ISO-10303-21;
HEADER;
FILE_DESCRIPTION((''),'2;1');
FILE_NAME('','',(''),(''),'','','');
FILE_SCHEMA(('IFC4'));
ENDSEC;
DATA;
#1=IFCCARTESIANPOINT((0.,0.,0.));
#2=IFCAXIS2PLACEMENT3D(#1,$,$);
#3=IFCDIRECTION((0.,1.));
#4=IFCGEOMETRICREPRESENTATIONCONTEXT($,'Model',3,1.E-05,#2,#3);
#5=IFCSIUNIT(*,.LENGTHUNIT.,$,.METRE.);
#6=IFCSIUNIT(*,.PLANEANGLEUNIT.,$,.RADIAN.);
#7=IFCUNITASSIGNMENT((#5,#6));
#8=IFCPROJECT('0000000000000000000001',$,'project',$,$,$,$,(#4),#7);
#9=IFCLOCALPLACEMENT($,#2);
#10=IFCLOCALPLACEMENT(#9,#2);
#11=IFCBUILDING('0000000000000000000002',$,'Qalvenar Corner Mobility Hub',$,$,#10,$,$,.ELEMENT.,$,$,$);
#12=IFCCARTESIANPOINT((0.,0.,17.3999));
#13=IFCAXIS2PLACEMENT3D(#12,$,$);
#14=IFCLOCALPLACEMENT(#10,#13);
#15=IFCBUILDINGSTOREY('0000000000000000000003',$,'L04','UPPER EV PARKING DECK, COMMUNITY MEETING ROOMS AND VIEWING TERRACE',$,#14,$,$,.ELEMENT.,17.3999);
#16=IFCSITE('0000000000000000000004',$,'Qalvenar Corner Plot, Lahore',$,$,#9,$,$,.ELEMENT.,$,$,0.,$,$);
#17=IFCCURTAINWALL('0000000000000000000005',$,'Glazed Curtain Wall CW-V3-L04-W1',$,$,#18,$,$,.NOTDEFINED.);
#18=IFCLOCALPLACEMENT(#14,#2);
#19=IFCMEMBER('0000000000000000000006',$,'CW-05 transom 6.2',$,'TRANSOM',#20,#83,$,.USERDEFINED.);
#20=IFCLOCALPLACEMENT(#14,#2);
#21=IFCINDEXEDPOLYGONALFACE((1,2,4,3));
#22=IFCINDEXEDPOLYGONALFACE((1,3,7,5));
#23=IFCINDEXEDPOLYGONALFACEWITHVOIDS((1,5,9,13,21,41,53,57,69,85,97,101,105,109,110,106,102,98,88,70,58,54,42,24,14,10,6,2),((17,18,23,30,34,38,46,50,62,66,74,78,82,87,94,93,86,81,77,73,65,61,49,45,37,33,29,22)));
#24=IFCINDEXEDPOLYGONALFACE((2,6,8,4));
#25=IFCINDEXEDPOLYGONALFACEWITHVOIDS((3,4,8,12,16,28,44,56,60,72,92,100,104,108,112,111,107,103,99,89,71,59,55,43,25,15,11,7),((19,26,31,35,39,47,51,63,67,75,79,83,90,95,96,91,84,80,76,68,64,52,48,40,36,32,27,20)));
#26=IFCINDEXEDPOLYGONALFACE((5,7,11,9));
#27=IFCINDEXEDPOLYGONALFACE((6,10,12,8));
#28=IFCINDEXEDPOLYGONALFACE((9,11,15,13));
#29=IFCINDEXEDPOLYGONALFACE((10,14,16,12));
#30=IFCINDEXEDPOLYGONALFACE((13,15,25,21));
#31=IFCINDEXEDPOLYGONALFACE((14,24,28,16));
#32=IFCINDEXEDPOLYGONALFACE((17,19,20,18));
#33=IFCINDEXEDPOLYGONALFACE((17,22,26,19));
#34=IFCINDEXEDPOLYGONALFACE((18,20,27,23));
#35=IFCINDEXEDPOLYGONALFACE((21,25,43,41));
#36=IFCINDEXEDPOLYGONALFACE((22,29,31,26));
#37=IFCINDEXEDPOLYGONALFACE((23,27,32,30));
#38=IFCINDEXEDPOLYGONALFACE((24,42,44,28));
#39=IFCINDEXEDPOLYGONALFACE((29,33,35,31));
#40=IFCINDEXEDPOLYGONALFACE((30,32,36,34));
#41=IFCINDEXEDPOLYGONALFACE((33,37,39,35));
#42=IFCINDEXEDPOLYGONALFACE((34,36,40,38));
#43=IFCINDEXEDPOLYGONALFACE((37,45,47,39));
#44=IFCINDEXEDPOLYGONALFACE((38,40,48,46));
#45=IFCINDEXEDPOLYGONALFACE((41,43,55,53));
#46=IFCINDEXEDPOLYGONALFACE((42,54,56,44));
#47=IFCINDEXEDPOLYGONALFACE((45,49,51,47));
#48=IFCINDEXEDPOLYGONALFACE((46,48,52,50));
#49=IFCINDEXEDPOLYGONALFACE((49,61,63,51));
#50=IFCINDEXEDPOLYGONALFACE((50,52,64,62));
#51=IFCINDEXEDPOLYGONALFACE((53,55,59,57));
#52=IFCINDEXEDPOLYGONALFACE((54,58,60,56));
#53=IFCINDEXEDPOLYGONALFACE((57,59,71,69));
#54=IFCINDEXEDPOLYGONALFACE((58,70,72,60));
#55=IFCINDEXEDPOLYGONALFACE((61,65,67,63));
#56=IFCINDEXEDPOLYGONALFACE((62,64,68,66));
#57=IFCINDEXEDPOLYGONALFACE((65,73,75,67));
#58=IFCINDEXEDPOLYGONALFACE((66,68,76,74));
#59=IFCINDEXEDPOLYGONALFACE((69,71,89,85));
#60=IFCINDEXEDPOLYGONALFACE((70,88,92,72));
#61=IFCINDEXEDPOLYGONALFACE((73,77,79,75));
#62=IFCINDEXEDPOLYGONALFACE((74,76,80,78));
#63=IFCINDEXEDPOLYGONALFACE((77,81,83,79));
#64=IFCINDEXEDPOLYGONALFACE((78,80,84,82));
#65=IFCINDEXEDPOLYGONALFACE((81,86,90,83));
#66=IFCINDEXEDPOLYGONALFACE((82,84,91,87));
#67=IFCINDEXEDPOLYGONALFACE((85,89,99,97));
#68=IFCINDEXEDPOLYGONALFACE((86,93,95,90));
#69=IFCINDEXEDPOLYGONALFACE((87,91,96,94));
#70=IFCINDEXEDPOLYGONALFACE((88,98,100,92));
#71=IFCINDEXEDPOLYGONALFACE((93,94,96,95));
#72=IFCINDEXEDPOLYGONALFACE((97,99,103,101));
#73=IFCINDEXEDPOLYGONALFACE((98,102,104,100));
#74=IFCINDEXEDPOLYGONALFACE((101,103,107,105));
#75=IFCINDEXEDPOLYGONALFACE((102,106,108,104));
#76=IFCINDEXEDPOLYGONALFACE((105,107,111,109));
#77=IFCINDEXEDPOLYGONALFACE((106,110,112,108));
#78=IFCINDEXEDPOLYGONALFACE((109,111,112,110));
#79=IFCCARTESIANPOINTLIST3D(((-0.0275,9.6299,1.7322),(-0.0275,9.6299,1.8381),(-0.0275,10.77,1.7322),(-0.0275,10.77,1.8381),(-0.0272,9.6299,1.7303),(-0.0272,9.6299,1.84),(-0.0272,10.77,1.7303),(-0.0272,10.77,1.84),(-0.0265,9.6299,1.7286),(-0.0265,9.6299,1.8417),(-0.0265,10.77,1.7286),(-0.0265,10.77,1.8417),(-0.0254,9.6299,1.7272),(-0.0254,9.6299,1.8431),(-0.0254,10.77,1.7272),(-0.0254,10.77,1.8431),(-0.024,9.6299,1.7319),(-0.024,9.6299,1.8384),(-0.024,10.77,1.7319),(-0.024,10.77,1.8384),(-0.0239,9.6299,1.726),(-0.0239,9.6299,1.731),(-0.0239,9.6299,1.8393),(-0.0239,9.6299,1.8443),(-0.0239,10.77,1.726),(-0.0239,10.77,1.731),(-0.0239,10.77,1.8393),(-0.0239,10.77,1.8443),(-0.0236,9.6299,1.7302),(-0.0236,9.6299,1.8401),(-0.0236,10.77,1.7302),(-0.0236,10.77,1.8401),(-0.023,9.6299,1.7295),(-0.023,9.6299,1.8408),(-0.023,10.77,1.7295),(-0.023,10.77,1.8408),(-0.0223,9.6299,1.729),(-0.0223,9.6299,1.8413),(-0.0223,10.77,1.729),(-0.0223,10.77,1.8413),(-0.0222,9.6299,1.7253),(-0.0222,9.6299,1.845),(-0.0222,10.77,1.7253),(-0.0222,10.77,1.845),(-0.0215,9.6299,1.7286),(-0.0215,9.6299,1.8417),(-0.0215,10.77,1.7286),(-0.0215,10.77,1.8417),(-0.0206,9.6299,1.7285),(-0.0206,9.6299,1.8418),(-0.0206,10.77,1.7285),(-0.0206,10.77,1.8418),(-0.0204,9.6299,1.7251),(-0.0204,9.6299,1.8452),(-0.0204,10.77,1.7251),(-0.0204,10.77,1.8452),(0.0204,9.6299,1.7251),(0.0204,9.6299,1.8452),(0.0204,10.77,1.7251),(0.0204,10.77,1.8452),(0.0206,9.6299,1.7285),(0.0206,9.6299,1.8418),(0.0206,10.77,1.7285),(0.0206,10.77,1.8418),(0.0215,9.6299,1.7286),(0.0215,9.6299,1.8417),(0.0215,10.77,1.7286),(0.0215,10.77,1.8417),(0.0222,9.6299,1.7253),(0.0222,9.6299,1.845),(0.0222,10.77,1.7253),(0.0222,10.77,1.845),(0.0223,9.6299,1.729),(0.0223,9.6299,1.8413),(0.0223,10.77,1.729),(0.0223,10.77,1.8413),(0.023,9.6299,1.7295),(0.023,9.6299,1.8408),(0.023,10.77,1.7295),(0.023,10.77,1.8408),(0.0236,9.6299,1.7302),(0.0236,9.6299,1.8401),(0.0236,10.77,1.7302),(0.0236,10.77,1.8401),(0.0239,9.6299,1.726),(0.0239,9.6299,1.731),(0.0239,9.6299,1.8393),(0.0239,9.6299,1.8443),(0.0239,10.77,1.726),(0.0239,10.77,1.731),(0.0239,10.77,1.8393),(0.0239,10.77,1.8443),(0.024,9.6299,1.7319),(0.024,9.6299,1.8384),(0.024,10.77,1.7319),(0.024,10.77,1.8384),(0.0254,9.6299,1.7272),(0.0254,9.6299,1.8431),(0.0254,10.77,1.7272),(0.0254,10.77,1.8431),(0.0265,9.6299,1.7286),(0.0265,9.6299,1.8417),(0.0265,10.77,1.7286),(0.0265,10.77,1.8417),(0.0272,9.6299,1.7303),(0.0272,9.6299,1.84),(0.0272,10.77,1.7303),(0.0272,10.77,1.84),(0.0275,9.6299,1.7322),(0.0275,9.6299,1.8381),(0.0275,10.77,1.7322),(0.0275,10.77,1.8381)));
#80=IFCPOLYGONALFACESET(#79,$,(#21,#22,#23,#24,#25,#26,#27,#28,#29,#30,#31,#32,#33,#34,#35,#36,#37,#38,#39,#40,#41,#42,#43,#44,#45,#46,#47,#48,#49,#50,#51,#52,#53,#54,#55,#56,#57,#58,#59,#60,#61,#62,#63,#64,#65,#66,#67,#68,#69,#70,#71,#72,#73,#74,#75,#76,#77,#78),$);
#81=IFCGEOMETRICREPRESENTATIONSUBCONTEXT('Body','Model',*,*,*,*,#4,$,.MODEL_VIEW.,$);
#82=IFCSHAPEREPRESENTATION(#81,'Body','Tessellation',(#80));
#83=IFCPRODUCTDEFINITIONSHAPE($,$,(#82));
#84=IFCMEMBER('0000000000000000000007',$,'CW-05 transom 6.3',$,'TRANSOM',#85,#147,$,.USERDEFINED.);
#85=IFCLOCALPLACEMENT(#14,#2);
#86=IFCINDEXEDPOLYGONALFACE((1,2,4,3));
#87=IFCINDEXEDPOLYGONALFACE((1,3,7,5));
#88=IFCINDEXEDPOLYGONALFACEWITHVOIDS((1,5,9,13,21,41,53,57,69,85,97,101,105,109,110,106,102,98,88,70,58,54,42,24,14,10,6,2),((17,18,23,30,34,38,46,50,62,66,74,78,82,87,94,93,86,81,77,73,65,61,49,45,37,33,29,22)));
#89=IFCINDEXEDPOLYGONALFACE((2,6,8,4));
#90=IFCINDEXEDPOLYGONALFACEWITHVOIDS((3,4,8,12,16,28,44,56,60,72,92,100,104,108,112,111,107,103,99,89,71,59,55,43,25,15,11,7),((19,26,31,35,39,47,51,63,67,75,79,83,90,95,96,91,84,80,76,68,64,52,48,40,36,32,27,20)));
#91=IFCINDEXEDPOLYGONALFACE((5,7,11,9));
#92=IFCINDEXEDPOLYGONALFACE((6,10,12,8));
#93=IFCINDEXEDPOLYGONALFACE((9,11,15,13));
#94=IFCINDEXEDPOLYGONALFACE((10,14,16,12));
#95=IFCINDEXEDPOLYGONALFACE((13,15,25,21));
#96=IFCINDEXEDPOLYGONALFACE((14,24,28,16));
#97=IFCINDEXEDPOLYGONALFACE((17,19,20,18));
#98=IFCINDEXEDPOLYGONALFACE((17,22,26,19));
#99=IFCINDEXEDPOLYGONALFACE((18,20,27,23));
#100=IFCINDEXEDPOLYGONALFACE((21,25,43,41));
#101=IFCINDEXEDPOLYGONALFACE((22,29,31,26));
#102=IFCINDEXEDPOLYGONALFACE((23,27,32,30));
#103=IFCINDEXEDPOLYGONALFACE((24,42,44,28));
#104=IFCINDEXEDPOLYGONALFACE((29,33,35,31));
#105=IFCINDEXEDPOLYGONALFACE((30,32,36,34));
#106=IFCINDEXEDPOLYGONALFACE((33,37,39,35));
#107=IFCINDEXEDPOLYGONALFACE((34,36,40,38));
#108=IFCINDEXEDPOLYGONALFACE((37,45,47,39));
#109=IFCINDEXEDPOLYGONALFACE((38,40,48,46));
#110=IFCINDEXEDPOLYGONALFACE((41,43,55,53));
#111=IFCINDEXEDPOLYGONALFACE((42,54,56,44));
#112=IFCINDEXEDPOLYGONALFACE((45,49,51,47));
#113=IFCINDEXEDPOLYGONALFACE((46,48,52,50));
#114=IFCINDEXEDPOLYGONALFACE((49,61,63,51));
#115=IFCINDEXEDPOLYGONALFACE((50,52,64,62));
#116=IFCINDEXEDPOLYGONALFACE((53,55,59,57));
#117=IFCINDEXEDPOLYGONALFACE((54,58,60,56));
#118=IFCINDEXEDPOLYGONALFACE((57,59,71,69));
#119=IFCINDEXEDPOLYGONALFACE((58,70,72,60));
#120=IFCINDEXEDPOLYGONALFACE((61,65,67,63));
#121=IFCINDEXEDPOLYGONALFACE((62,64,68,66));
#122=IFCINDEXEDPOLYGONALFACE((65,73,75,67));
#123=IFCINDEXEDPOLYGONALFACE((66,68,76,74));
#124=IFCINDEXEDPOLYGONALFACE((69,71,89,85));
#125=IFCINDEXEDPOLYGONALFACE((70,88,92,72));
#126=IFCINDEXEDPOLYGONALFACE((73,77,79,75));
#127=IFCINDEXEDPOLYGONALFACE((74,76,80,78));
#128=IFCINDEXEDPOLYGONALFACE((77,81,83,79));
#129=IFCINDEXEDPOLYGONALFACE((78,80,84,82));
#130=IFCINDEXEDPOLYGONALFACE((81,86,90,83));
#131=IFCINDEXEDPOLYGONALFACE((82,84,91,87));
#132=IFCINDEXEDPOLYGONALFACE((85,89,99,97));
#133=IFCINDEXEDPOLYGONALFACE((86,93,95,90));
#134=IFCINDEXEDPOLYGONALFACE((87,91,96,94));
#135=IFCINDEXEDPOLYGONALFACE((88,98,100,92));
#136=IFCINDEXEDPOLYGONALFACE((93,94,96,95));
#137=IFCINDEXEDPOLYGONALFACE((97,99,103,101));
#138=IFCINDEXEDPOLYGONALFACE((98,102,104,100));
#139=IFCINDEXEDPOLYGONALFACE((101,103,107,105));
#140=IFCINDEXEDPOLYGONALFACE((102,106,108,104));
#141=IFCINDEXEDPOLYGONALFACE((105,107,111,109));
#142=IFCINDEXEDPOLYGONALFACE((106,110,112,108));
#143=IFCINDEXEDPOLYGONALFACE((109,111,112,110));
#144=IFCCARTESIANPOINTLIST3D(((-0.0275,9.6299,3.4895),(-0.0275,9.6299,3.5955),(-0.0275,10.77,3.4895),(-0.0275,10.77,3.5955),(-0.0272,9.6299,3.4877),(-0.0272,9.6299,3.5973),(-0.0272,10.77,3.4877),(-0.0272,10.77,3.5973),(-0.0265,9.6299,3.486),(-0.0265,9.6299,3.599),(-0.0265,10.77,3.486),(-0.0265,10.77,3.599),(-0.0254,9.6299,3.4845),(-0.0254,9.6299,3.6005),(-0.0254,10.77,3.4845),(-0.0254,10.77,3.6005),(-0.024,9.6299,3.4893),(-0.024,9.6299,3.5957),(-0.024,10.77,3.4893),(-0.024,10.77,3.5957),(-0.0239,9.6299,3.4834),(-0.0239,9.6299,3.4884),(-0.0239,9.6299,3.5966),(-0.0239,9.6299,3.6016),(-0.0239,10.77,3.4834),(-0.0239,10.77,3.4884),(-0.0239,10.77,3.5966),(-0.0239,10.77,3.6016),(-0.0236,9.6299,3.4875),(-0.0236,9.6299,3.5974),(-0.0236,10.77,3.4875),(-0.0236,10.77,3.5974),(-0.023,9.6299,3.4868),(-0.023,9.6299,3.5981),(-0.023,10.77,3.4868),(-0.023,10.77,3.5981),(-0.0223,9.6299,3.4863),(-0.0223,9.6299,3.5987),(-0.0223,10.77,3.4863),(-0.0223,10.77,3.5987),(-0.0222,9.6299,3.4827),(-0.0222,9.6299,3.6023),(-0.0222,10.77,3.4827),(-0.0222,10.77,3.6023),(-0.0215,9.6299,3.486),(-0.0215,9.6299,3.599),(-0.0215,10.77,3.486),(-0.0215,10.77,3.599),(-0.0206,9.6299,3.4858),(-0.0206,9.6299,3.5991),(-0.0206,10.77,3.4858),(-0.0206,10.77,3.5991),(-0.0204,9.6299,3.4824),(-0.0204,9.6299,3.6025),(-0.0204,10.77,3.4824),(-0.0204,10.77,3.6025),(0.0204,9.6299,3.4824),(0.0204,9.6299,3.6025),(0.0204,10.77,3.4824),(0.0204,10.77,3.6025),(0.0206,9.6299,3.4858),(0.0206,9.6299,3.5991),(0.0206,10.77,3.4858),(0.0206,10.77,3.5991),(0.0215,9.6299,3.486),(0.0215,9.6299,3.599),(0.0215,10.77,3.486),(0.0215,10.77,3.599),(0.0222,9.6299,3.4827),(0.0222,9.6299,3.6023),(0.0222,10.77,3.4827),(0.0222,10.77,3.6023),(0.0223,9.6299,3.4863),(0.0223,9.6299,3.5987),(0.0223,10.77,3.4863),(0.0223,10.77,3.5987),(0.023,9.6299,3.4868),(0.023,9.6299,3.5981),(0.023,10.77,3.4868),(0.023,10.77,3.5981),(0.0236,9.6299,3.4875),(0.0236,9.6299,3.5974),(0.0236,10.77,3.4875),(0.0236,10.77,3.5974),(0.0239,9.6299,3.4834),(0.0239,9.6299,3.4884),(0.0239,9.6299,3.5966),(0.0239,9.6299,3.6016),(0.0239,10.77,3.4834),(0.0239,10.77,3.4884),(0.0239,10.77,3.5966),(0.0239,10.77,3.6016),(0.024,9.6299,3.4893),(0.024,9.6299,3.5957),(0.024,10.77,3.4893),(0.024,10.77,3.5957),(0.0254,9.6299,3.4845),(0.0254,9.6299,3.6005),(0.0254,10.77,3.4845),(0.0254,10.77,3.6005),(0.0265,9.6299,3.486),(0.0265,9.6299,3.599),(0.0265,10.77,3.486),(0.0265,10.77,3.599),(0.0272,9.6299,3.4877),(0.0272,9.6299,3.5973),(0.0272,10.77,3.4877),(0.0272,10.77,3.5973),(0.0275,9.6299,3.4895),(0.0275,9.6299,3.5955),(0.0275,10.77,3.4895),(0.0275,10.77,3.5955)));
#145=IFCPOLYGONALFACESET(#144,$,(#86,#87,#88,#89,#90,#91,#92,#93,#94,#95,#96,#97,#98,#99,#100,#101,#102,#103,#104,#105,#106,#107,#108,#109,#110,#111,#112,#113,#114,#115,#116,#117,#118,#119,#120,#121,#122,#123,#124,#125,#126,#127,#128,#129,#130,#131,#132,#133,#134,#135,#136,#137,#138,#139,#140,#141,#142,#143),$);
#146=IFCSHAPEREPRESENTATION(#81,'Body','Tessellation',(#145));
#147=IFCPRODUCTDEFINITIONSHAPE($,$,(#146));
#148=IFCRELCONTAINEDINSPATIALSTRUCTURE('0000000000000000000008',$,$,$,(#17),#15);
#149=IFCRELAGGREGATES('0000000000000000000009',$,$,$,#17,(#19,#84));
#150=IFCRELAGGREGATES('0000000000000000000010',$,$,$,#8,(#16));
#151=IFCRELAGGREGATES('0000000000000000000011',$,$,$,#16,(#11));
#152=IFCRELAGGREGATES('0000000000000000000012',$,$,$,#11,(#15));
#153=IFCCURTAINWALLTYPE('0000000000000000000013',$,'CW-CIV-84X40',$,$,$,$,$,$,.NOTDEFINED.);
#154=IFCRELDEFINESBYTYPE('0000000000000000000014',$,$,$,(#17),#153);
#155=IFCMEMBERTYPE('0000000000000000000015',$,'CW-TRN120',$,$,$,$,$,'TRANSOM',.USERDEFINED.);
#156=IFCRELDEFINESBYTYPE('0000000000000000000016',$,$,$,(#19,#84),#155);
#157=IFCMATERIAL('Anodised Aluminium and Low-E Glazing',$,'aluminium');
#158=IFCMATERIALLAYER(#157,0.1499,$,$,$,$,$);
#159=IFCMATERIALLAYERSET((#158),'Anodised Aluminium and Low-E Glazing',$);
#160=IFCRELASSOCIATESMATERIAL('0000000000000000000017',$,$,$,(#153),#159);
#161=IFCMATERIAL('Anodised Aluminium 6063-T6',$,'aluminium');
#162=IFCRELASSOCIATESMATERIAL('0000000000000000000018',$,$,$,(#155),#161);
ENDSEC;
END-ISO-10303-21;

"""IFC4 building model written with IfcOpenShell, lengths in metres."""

from ifc_helpers import new_model, si_unit, direction, frame, origin, origin_2d, place, context, subcontext, project, spatial, hollow_rectangle, extrude, material, layer, layer_set, material_profile, profile_set, type_object, element, aggregate, save


model = new_model("IFC4")

# Units and contexts
model_context = context("Model", 3, precision=1e-05, world=origin(), true_north=direction((0.0, 1.0)))
body_context = subcontext(model_context, "Body", "Model", "MODEL_VIEW")
ifc_project = project(units=[si_unit("LENGTHUNIT", "METRE"), si_unit("PLANEANGLEUNIT", "RADIAN")], contexts=[model_context])

# Site, building, storey
site_placement = place(None, origin())
site = spatial("IfcSite", under=ifc_project, at=site_placement, Name="Qalvenar Corner Plot, Lahore", CompositionType="ELEMENT", RefElevation=0.0)
building_placement = place(site_placement, origin())
building = spatial("IfcBuilding", under=site, at=building_placement, Name="Qalvenar Corner Mobility Hub", CompositionType="ELEMENT")
storey_placement = place(building_placement, frame((0.0, 0.0, 17.3999)))
storey = spatial("IfcBuildingStorey", under=building, at=storey_placement, Name="L04", Description="UPPER EV PARKING DECK, COMMUNITY MEETING ROOMS AND VIEWING TERRACE", CompositionType="ELEMENT", Elevation=17.3999)

# Curtain wall, members
ifc_material_1 = material(Name="Anodised Aluminium and Low-E Glazing", Category="aluminium")
ifc_layer_1 = layer(ifc_material_1, 0.1499)
ifc_layer_set_1 = layer_set([ifc_layer_1], Name="Anodised Aluminium and Low-E Glazing")
curtain_wall_type = type_object("IfcCurtainWallType", Name="CW-CIV-84X40", PredefinedType="NOTDEFINED", material=ifc_layer_set_1)
curtain_wall_placement = place(storey_placement, origin())
curtain_wall = element("IfcCurtainWall", 1, at=curtain_wall_placement, inside=storey, type_object=curtain_wall_type, Name="Glazed Curtain Wall CW-V3-L04-W1", PredefinedType="NOTDEFINED")
ifc_material_2 = material(Name="Anodised Aluminium 6063-T6", Category="aluminium")
ifc_material_profile_1 = material_profile(ifc_material_2, hollow_rectangle(XDim=0.0549, YDim=0.1201, WallThickness=0.0034, InnerFilletRadius=0.0034, OuterFilletRadius=0.0071, at=origin_2d()), Name="RHS120x55x3.5")
ifc_profile_set_1 = profile_set([ifc_material_profile_1], Name="Anodised Aluminium 6063-T6")
member_type_1 = type_object("IfcMemberType", Name="CW-TRN120", ElementType="TRANSOM", PredefinedType="USERDEFINED", material=ifc_profile_set_1)
member_1_placement = place(storey_placement, frame((0.0, 10.77, 1.7852), z_axis=(0.0, -1.0, 0.0), x_axis=(1.0, 0.0, 0.0)))
member_1 = element("IfcMember", 2, at=member_1_placement, type_object=member_type_1, Name="CW-05 transom 6.2", ObjectType="TRANSOM", PredefinedType="USERDEFINED", context=body_context, shape_type="SweptSolid", body=[
    extrude(hollow_rectangle(XDim=0.0549, YDim=0.1201, WallThickness=0.0034, InnerFilletRadius=0.0034, OuterFilletRadius=0.0071, at=origin_2d()), origin(), (0.0, 0.0, 1.0), 1.1401),
])
member_2_placement = place(storey_placement, frame((0.0, 10.77, 3.5425), z_axis=(0.0, -1.0, 0.0), x_axis=(1.0, 0.0, 0.0)))
member_2 = element("IfcMember", 3, at=member_2_placement, type_object=member_type_1, Name="CW-05 transom 6.3", ObjectType="TRANSOM", PredefinedType="USERDEFINED", context=body_context, shape_type="SweptSolid", body=[
    extrude(hollow_rectangle(XDim=0.0549, YDim=0.1201, WallThickness=0.0034, InnerFilletRadius=0.0034, OuterFilletRadius=0.0071, at=origin_2d()), origin(), (0.0, 0.0, 1.0), 1.1401),
])
aggregate(curtain_wall, [member_1, member_2])

save(model, "model.ifc")
